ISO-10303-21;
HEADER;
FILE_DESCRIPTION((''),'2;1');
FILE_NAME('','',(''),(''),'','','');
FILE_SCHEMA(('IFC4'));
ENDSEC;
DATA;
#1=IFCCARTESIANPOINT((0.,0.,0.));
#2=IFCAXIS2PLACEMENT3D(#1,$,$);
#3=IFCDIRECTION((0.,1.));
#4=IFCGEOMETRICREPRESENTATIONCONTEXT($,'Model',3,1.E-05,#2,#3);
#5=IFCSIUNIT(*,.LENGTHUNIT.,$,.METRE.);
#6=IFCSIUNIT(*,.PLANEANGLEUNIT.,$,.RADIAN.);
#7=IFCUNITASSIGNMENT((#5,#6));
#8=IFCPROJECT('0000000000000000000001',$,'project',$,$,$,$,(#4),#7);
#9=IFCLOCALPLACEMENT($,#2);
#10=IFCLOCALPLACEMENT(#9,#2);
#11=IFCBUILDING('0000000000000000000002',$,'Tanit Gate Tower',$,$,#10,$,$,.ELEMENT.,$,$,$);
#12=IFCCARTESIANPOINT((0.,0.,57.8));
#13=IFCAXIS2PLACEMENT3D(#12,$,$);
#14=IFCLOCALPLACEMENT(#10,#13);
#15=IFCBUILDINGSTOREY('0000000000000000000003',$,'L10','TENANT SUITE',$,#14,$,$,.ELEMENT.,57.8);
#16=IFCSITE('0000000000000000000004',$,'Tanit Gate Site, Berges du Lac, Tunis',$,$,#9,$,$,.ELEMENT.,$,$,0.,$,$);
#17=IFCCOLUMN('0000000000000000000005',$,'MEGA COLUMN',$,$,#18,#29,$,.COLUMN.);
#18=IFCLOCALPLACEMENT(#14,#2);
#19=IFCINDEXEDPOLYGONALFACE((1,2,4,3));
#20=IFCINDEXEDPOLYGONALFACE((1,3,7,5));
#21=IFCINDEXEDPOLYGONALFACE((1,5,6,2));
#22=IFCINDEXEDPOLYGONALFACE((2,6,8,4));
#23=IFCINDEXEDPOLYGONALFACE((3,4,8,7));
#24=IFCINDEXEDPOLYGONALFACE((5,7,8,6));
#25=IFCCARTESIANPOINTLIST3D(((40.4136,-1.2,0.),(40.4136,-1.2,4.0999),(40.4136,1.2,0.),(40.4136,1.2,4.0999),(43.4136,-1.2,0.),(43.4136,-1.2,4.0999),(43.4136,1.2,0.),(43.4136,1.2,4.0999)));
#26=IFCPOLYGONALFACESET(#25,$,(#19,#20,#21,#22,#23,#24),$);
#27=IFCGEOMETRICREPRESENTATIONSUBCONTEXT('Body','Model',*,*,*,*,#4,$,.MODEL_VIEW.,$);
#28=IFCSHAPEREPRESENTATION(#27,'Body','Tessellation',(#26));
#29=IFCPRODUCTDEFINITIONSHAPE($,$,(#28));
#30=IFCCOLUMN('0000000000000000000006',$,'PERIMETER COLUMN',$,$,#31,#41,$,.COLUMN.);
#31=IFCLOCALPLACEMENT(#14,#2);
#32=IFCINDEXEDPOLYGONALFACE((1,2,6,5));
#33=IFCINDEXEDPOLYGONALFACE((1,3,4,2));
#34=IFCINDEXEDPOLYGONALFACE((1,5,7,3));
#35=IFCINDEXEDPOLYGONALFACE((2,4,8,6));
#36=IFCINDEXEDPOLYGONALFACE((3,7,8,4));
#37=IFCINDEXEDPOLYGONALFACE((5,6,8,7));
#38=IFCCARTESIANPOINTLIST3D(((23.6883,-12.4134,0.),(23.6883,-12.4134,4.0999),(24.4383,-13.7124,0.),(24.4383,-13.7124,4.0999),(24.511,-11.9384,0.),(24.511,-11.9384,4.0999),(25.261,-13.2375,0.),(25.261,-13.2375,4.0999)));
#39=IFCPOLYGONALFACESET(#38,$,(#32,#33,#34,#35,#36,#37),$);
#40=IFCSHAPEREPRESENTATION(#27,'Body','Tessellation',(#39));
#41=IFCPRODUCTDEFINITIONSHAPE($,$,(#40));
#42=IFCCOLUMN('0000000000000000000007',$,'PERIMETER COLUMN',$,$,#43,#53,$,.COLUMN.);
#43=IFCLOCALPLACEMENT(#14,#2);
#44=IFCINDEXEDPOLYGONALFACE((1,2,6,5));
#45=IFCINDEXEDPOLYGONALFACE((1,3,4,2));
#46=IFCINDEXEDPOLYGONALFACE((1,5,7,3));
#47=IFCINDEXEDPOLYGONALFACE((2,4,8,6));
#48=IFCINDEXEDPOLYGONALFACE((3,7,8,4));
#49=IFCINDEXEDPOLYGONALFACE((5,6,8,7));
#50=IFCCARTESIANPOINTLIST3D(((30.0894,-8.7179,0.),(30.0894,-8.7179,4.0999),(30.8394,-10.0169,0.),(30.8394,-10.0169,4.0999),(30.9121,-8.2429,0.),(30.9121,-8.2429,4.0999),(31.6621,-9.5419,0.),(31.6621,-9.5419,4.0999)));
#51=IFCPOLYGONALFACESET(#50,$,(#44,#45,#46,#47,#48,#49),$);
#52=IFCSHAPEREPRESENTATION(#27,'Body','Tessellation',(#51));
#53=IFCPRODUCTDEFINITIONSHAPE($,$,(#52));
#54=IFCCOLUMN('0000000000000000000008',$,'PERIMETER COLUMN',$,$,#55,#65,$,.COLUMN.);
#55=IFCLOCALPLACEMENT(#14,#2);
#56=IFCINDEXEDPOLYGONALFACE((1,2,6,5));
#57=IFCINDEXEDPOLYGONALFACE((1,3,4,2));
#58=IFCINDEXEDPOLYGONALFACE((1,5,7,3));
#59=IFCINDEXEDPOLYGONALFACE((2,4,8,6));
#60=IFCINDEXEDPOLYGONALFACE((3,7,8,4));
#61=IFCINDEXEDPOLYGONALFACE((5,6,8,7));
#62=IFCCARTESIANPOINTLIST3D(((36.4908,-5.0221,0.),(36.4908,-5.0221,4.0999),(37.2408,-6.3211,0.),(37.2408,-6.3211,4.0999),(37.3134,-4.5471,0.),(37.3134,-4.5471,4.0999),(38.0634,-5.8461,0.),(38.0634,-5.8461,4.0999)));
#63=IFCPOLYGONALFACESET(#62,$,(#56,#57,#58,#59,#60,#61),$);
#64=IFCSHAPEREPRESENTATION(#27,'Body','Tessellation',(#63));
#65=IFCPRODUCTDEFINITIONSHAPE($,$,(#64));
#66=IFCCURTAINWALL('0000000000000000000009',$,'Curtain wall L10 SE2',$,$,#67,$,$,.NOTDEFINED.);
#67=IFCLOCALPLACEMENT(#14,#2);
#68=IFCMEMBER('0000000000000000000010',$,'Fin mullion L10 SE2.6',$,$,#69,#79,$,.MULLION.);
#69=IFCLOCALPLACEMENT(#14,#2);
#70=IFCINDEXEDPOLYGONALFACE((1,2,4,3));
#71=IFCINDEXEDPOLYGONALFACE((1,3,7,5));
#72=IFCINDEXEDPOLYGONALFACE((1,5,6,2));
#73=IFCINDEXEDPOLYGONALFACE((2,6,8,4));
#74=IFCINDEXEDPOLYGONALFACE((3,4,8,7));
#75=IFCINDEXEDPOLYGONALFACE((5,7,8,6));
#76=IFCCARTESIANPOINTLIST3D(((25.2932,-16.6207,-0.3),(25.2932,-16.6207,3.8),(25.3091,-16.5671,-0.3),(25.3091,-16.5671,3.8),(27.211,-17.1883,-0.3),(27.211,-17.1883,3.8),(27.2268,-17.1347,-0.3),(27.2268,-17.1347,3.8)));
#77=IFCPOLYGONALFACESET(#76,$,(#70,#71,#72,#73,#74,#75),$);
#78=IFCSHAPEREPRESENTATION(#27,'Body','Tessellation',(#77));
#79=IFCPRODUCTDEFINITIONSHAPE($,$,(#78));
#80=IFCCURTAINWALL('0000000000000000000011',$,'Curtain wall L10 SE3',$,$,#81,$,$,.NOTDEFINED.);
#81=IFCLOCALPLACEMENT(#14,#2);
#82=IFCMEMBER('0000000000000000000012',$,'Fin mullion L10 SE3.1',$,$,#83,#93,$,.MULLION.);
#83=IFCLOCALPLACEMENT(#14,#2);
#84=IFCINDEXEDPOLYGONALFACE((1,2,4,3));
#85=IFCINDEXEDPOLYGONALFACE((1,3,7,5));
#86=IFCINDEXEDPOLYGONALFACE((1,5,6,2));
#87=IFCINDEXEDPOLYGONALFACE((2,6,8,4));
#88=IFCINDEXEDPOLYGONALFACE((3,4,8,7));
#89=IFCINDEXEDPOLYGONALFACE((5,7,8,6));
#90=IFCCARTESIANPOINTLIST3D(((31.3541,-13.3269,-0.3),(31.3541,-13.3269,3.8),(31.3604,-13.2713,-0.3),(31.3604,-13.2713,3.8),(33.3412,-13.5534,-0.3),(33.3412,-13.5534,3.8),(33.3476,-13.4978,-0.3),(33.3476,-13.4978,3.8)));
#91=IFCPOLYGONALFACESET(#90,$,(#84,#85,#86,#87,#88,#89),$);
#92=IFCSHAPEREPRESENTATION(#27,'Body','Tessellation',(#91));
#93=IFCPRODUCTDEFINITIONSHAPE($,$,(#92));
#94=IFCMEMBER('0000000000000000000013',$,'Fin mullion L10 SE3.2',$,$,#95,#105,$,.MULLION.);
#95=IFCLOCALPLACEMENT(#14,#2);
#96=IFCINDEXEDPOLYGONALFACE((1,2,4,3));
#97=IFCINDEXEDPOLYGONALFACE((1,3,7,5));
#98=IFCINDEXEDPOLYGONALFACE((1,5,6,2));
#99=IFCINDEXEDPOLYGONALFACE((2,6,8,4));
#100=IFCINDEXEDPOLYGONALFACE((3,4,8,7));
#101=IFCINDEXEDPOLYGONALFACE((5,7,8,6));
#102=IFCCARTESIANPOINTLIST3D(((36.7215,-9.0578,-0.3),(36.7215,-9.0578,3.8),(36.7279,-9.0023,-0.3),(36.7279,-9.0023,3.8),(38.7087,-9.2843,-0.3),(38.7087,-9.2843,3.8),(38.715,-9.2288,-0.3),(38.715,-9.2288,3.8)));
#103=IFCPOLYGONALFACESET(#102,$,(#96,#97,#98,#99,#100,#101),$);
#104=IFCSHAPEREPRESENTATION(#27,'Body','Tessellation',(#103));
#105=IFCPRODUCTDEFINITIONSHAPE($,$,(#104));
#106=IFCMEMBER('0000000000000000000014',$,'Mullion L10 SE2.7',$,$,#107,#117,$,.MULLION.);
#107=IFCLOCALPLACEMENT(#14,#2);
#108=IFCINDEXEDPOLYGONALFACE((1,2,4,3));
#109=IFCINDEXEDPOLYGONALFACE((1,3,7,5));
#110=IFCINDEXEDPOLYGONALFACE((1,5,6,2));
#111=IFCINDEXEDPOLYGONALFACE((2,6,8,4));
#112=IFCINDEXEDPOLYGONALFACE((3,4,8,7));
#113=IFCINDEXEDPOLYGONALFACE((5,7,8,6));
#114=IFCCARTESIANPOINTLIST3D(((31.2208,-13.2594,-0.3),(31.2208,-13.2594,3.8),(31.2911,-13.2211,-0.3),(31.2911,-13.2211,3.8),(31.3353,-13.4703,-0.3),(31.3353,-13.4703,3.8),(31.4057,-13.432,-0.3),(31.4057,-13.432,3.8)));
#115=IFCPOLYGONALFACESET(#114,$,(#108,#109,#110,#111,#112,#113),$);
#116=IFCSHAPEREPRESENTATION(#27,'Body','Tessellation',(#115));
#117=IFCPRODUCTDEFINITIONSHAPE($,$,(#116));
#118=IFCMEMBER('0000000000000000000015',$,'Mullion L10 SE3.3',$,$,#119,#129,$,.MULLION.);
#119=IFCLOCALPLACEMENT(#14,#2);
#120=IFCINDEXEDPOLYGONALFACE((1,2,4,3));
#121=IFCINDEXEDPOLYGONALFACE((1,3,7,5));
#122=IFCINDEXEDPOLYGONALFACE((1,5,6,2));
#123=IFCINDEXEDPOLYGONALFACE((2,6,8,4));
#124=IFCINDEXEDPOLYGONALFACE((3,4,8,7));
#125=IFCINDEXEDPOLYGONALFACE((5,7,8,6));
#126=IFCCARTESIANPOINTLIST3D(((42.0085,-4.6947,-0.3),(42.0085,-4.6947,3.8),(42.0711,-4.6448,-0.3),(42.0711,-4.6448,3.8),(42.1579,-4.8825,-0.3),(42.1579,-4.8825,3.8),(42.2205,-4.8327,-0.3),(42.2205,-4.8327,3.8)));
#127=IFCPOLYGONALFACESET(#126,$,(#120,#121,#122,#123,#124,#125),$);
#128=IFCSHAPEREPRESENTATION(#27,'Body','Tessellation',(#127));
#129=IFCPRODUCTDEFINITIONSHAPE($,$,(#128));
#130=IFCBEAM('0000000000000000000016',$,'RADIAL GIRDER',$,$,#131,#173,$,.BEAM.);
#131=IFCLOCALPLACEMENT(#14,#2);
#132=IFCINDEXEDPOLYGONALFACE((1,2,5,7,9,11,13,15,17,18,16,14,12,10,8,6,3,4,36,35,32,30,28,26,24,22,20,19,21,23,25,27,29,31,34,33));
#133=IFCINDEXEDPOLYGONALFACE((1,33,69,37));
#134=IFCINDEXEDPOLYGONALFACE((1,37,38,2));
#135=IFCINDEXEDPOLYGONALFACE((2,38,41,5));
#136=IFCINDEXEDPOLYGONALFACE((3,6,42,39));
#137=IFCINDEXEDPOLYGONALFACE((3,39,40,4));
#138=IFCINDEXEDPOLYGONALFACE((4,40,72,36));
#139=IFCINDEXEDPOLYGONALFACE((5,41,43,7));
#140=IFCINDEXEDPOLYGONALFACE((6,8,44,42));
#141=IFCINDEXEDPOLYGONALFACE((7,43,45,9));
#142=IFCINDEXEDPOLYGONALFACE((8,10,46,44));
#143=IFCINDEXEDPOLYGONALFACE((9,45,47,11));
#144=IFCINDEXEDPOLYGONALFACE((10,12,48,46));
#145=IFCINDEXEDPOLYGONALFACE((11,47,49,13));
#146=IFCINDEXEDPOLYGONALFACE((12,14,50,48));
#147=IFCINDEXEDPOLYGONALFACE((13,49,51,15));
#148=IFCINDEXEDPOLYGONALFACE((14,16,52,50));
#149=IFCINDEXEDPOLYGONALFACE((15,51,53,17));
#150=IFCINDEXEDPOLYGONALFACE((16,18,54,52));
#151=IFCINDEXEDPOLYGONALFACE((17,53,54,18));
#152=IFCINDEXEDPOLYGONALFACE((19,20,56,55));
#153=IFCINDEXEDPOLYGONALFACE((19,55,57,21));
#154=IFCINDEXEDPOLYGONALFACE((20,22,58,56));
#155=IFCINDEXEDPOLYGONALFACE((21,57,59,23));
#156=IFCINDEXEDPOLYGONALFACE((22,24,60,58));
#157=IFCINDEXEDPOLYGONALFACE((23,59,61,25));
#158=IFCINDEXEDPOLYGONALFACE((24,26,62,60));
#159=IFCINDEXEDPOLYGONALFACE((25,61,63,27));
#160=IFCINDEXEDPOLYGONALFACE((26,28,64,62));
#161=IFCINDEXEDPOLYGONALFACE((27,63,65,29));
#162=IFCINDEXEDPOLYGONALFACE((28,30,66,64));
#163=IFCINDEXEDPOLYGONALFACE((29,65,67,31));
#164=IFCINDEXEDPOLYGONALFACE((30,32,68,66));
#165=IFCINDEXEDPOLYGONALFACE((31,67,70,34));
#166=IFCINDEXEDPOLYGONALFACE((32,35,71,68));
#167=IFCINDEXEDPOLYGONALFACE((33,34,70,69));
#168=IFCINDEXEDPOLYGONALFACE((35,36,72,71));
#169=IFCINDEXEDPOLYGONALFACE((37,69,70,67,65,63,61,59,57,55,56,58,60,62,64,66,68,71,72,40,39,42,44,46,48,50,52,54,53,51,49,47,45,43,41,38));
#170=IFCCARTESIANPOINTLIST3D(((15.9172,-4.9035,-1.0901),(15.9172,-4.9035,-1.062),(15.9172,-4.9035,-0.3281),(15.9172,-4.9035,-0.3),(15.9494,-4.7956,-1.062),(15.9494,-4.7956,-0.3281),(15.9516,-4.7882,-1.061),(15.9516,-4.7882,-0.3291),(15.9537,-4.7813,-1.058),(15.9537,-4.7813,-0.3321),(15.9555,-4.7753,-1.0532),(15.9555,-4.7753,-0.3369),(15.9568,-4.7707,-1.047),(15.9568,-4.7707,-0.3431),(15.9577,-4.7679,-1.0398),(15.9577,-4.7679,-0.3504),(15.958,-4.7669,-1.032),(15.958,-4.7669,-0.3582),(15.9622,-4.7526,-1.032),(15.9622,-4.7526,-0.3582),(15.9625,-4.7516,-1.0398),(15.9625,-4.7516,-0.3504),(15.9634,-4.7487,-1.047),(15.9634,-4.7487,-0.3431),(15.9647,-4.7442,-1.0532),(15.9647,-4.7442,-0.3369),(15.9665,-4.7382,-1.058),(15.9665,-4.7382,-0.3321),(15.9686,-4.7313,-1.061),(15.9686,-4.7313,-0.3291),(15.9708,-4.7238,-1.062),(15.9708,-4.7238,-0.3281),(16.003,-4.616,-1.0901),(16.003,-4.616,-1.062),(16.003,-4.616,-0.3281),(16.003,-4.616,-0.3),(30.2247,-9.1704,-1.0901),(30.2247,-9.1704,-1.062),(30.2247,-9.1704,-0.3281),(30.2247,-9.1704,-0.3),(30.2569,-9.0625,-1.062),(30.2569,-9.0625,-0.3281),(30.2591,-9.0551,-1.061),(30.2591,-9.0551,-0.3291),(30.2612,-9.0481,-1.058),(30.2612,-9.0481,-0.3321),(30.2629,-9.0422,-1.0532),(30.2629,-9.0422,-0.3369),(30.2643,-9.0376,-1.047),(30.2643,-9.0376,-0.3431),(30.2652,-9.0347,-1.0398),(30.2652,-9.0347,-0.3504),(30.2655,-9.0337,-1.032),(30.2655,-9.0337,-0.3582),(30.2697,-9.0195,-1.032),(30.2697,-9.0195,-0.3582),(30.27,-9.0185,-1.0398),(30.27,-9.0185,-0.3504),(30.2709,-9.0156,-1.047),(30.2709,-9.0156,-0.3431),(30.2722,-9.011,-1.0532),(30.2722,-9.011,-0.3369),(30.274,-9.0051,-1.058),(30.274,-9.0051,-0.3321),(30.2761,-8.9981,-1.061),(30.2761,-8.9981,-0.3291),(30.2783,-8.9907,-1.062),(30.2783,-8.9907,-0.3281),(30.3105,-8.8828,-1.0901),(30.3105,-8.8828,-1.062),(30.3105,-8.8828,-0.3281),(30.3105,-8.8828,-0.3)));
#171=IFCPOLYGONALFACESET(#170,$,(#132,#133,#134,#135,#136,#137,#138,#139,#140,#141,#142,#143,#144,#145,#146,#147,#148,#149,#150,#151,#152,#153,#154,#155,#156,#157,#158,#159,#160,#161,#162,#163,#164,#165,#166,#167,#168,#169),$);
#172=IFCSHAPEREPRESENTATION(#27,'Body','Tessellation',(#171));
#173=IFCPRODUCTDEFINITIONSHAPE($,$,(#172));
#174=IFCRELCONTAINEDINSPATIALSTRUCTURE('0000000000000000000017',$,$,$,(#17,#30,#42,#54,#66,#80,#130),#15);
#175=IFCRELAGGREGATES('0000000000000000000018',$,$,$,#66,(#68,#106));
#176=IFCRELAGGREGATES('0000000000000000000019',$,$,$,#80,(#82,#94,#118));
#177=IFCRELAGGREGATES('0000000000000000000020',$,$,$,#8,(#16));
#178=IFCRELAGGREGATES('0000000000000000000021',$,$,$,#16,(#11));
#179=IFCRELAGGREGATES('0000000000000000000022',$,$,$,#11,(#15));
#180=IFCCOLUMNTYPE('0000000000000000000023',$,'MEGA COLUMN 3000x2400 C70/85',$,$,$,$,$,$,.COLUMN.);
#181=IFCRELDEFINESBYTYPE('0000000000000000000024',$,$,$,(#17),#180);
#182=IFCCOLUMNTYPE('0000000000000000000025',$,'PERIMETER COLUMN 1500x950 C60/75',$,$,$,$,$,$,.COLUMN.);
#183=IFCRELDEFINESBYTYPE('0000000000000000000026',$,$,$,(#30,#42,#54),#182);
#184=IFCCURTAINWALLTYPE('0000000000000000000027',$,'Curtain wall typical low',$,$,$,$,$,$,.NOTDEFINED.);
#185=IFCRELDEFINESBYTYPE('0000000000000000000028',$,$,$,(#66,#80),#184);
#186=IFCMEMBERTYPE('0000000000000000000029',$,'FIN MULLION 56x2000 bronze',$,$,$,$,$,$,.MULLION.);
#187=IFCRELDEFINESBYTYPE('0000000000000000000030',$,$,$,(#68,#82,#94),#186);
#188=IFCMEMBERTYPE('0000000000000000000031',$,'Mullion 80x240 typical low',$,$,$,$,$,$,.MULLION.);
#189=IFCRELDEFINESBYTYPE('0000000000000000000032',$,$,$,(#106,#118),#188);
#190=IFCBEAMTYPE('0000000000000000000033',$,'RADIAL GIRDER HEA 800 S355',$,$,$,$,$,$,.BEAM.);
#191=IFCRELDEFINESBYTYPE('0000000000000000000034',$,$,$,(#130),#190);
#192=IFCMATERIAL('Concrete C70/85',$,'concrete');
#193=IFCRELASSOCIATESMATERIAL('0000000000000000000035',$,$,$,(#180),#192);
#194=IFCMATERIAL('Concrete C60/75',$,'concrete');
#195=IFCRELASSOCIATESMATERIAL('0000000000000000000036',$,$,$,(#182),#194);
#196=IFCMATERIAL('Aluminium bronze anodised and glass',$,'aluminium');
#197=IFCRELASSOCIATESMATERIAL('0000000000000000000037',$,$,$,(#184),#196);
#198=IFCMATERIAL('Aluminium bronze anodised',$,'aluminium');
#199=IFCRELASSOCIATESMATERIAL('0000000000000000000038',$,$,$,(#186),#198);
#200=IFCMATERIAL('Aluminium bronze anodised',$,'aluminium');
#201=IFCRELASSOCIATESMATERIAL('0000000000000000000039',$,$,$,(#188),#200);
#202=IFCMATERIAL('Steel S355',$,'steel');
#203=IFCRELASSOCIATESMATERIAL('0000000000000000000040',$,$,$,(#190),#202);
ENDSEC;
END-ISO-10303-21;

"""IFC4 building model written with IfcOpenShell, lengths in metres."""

from ifc_helpers import new_model, si_unit, direction, frame, origin, origin_2d, place, context, subcontext, project, spatial, rectangle, i_section, extrude, material, material_profile, profile_set, type_object, element, aggregate, save


model = new_model("IFC4")

# Units and contexts
model_context = context("Model", 3, precision=1e-05, world=origin(), true_north=direction((0.0, 1.0)))
body_context = subcontext(model_context, "Body", "Model", "MODEL_VIEW")
ifc_project = project(units=[si_unit("LENGTHUNIT", "METRE"), si_unit("PLANEANGLEUNIT", "RADIAN")], contexts=[model_context])

# Site, building, storey
site_placement = place(None, origin())
site = spatial("IfcSite", under=ifc_project, at=site_placement, Name="Tanit Gate Site, Berges du Lac, Tunis", CompositionType="ELEMENT", RefElevation=0.0)
building_placement = place(site_placement, origin())
building = spatial("IfcBuilding", under=site, at=building_placement, Name="Tanit Gate Tower", CompositionType="ELEMENT")
storey_placement = place(building_placement, frame((0.0, 0.0, 57.8)))
storey = spatial("IfcBuildingStorey", under=building, at=storey_placement, Name="L10", Description="TENANT SUITE", CompositionType="ELEMENT", Elevation=57.8)

# Columns
ifc_material_1 = material(Name="Concrete C70/85", Category="concrete")
ifc_material_profile_1 = material_profile(ifc_material_1, rectangle(XDim=3.0, YDim=2.3999, at=origin_2d()), Name="RC 3000x2400")
ifc_profile_set_1 = profile_set([ifc_material_profile_1], Name="Concrete C70/85")
column_type_1 = type_object("IfcColumnType", Name="MEGA COLUMN 3000x2400 C70/85", PredefinedType="COLUMN", material=ifc_profile_set_1)
column_placement = place(storey_placement, frame((41.9136, 0.0, 0.0), z_axis=(0.0, 0.0, 1.0), x_axis=(1.0, 0.0, 0.0)))
element("IfcColumn", 1, at=column_placement, inside=storey, type_object=column_type_1, Name="MEGA COLUMN", PredefinedType="COLUMN", context=body_context, shape_type="SweptSolid", body=[
    extrude(rectangle(XDim=3.0, YDim=2.3999, at=origin_2d()), origin(), (0.0, 0.0, 1.0), 4.0999),
])
ifc_material_2 = material(Name="Concrete C60/75", Category="concrete")
ifc_material_profile_2 = material_profile(ifc_material_2, rectangle(XDim=1.5, YDim=0.95, at=origin_2d()), Name="RC 1500x950")
ifc_profile_set_2 = profile_set([ifc_material_profile_2], Name="Concrete C60/75")
column_type_2 = type_object("IfcColumnType", Name="PERIMETER COLUMN 1500x950 C60/75", PredefinedType="COLUMN", material=ifc_profile_set_2)
for number, where, z_axis, x_axis, name in (
    (2, (24.4746, -12.8254, 0.0), (0.0, 0.0, 1.0), (0.5, -0.866025, 0.0), "PERIMETER COLUMN"),
    (3, (30.8757, -9.1299, 0.0), (0.0, 0.0, 1.0), (0.5, -0.866025, 0.0), "PERIMETER COLUMN"),
    (4, (37.2771, -5.4341, 0.0), (0.0, 0.0, 1.0), (0.5, -0.866025, 0.0), "PERIMETER COLUMN"),
):
    element("IfcColumn", number, at=place(storey_placement, frame(where, z_axis=z_axis, x_axis=x_axis)), inside=storey, type_object=column_type_2, Name=name, PredefinedType="COLUMN", context=body_context, shape_type="SweptSolid", body=[
        extrude(rectangle(XDim=1.5, YDim=0.95, at=origin_2d()), origin(), (0.0, 0.0, 1.0), 4.0999),
    ])

# Curtain wall, member
ifc_material_3 = material(Name="Aluminium bronze anodised and glass", Category="aluminium")
curtain_wall_type = type_object("IfcCurtainWallType", Name="Curtain wall typical low", PredefinedType="NOTDEFINED", material=ifc_material_3)
curtain_wall_1_placement = place(storey_placement, origin())
curtain_wall_1 = element("IfcCurtainWall", 5, at=curtain_wall_1_placement, inside=storey, type_object=curtain_wall_type, Name="Curtain wall L10 SE2", PredefinedType="NOTDEFINED")
ifc_material_4 = material(Name="Aluminium bronze anodised", Category="aluminium")
ifc_material_profile_3 = material_profile(ifc_material_4, rectangle(XDim=2.0, YDim=0.0559, at=origin_2d()), Name="56x2000 bronze fin mullion")
ifc_profile_set_3 = profile_set([ifc_material_profile_3], Name="Aluminium bronze anodised")
member_type_1 = type_object("IfcMemberType", Name="FIN MULLION 56x2000 bronze", PredefinedType="MULLION", material=ifc_profile_set_3)
member_1_placement = place(storey_placement, frame((26.26, -16.8777, -0.3), z_axis=(0.0, 0.0, 1.0), x_axis=(-0.958892, 0.283773, 0.0)))
member_1 = element("IfcMember", 6, at=member_1_placement, type_object=member_type_1, Name="Fin mullion L10 SE2.6", PredefinedType="MULLION", context=body_context, shape_type="SweptSolid", body=[
    extrude(rectangle(XDim=2.0, YDim=0.0559, at=origin_2d()), origin(), (0.0, 0.0, 1.0), 4.1001),
])

# Curtain wall, members
curtain_wall_2_placement = place(storey_placement, origin())
curtain_wall_2 = element("IfcCurtainWall", 7, at=curtain_wall_2_placement, inside=storey, type_object=curtain_wall_type, Name="Curtain wall L10 SE3", PredefinedType="NOTDEFINED")
member_2_placement = place(storey_placement, frame((32.3508, -13.4124, -0.3), z_axis=(0.0, 0.0, 1.0), x_axis=(-0.993566, 0.113253, 0.0)))
member_2 = element("IfcMember", 8, at=member_2_placement, type_object=member_type_1, Name="Fin mullion L10 SE3.1", PredefinedType="MULLION", context=body_context, shape_type="SweptSolid", body=[
    extrude(rectangle(XDim=2.0, YDim=0.0559, at=origin_2d()), origin(), (0.0, 0.0, 1.0), 4.1001),
])
member_3_placement = place(storey_placement, frame((37.7183, -9.1433, -0.3), z_axis=(0.0, 0.0, 1.0), x_axis=(-0.993566, 0.113253, 0.0)))
member_3 = element("IfcMember", 9, at=member_3_placement, type_object=member_type_1, Name="Fin mullion L10 SE3.2", PredefinedType="MULLION", context=body_context, shape_type="SweptSolid", body=[
    extrude(rectangle(XDim=2.0, YDim=0.0559, at=origin_2d()), origin(), (0.0, 0.0, 1.0), 4.1001),
])

# Members
ifc_material_5 = material(Name="Aluminium bronze anodised", Category="aluminium")
ifc_material_profile_4 = material_profile(ifc_material_5, rectangle(XDim=0.24, YDim=0.0801, at=origin_2d()), Name="80x240 bronze mullion")
ifc_profile_set_4 = profile_set([ifc_material_profile_4], Name="Aluminium bronze anodised")
member_type_2 = type_object("IfcMemberType", Name="Mullion 80x240 typical low", PredefinedType="MULLION", material=ifc_profile_set_4)
member_4_placement = place(storey_placement, frame((31.3132, -13.3457, -0.3), z_axis=(0.0, 0.0, 1.0), x_axis=(-0.477381, 0.878696, 0.0)))
member_4 = element("IfcMember", 10, at=member_4_placement, type_object=member_type_2, Name="Mullion L10 SE2.7", PredefinedType="MULLION", context=body_context, shape_type="SweptSolid", body=[
    extrude(rectangle(XDim=0.24, YDim=0.0801, at=origin_2d()), origin(), (0.0, 0.0, 1.0), 4.1001),
])
member_5_placement = place(storey_placement, frame((42.1145, -4.7637, -0.3), z_axis=(0.0, 0.0, 1.0), x_axis=(-0.622475, 0.782639, 0.0)))
member_5 = element("IfcMember", 11, at=member_5_placement, type_object=member_type_2, Name="Mullion L10 SE3.3", PredefinedType="MULLION", context=body_context, shape_type="SweptSolid", body=[
    extrude(rectangle(XDim=0.24, YDim=0.0801, at=origin_2d()), origin(), (0.0, 0.0, 1.0), 4.1001),
])

# Beam
ifc_material_6 = material(Name="Steel S355", Category="steel")
ifc_material_profile_5 = material_profile(ifc_material_6, i_section(OverallWidth=0.3, OverallDepth=0.79, WebThickness=0.0149, FlangeThickness=0.0281, FilletRadius=0.03, at=origin_2d()), Name="HEA 800")
ifc_profile_set_5 = profile_set([ifc_material_profile_5], Name="Steel S355")
beam_type_1 = type_object("IfcBeamType", Name="RADIAL GIRDER HEA 800 S355", PredefinedType="BEAM", material=ifc_profile_set_5)
beam_1_placement = place(storey_placement, frame((30.2676, -9.0266, -0.6951), z_axis=(-0.958293, 0.285789, 0.0), x_axis=(-0.285789, -0.958293, 0.0)))
element("IfcBeam", 12, at=beam_1_placement, inside=storey, type_object=beam_type_1, Name="RADIAL GIRDER", PredefinedType="BEAM", context=body_context, shape_type="SweptSolid", body=[
    extrude(i_section(OverallWidth=0.3, OverallDepth=0.79, WebThickness=0.0149, FlangeThickness=0.0281, FilletRadius=0.03, at=origin_2d()), origin(), (0.0, 0.0, 1.0), 14.9302),
])

aggregate(curtain_wall_1, [member_1, member_4])
aggregate(curtain_wall_2, [member_2, member_3, member_5])

save(model, "model.ifc")
